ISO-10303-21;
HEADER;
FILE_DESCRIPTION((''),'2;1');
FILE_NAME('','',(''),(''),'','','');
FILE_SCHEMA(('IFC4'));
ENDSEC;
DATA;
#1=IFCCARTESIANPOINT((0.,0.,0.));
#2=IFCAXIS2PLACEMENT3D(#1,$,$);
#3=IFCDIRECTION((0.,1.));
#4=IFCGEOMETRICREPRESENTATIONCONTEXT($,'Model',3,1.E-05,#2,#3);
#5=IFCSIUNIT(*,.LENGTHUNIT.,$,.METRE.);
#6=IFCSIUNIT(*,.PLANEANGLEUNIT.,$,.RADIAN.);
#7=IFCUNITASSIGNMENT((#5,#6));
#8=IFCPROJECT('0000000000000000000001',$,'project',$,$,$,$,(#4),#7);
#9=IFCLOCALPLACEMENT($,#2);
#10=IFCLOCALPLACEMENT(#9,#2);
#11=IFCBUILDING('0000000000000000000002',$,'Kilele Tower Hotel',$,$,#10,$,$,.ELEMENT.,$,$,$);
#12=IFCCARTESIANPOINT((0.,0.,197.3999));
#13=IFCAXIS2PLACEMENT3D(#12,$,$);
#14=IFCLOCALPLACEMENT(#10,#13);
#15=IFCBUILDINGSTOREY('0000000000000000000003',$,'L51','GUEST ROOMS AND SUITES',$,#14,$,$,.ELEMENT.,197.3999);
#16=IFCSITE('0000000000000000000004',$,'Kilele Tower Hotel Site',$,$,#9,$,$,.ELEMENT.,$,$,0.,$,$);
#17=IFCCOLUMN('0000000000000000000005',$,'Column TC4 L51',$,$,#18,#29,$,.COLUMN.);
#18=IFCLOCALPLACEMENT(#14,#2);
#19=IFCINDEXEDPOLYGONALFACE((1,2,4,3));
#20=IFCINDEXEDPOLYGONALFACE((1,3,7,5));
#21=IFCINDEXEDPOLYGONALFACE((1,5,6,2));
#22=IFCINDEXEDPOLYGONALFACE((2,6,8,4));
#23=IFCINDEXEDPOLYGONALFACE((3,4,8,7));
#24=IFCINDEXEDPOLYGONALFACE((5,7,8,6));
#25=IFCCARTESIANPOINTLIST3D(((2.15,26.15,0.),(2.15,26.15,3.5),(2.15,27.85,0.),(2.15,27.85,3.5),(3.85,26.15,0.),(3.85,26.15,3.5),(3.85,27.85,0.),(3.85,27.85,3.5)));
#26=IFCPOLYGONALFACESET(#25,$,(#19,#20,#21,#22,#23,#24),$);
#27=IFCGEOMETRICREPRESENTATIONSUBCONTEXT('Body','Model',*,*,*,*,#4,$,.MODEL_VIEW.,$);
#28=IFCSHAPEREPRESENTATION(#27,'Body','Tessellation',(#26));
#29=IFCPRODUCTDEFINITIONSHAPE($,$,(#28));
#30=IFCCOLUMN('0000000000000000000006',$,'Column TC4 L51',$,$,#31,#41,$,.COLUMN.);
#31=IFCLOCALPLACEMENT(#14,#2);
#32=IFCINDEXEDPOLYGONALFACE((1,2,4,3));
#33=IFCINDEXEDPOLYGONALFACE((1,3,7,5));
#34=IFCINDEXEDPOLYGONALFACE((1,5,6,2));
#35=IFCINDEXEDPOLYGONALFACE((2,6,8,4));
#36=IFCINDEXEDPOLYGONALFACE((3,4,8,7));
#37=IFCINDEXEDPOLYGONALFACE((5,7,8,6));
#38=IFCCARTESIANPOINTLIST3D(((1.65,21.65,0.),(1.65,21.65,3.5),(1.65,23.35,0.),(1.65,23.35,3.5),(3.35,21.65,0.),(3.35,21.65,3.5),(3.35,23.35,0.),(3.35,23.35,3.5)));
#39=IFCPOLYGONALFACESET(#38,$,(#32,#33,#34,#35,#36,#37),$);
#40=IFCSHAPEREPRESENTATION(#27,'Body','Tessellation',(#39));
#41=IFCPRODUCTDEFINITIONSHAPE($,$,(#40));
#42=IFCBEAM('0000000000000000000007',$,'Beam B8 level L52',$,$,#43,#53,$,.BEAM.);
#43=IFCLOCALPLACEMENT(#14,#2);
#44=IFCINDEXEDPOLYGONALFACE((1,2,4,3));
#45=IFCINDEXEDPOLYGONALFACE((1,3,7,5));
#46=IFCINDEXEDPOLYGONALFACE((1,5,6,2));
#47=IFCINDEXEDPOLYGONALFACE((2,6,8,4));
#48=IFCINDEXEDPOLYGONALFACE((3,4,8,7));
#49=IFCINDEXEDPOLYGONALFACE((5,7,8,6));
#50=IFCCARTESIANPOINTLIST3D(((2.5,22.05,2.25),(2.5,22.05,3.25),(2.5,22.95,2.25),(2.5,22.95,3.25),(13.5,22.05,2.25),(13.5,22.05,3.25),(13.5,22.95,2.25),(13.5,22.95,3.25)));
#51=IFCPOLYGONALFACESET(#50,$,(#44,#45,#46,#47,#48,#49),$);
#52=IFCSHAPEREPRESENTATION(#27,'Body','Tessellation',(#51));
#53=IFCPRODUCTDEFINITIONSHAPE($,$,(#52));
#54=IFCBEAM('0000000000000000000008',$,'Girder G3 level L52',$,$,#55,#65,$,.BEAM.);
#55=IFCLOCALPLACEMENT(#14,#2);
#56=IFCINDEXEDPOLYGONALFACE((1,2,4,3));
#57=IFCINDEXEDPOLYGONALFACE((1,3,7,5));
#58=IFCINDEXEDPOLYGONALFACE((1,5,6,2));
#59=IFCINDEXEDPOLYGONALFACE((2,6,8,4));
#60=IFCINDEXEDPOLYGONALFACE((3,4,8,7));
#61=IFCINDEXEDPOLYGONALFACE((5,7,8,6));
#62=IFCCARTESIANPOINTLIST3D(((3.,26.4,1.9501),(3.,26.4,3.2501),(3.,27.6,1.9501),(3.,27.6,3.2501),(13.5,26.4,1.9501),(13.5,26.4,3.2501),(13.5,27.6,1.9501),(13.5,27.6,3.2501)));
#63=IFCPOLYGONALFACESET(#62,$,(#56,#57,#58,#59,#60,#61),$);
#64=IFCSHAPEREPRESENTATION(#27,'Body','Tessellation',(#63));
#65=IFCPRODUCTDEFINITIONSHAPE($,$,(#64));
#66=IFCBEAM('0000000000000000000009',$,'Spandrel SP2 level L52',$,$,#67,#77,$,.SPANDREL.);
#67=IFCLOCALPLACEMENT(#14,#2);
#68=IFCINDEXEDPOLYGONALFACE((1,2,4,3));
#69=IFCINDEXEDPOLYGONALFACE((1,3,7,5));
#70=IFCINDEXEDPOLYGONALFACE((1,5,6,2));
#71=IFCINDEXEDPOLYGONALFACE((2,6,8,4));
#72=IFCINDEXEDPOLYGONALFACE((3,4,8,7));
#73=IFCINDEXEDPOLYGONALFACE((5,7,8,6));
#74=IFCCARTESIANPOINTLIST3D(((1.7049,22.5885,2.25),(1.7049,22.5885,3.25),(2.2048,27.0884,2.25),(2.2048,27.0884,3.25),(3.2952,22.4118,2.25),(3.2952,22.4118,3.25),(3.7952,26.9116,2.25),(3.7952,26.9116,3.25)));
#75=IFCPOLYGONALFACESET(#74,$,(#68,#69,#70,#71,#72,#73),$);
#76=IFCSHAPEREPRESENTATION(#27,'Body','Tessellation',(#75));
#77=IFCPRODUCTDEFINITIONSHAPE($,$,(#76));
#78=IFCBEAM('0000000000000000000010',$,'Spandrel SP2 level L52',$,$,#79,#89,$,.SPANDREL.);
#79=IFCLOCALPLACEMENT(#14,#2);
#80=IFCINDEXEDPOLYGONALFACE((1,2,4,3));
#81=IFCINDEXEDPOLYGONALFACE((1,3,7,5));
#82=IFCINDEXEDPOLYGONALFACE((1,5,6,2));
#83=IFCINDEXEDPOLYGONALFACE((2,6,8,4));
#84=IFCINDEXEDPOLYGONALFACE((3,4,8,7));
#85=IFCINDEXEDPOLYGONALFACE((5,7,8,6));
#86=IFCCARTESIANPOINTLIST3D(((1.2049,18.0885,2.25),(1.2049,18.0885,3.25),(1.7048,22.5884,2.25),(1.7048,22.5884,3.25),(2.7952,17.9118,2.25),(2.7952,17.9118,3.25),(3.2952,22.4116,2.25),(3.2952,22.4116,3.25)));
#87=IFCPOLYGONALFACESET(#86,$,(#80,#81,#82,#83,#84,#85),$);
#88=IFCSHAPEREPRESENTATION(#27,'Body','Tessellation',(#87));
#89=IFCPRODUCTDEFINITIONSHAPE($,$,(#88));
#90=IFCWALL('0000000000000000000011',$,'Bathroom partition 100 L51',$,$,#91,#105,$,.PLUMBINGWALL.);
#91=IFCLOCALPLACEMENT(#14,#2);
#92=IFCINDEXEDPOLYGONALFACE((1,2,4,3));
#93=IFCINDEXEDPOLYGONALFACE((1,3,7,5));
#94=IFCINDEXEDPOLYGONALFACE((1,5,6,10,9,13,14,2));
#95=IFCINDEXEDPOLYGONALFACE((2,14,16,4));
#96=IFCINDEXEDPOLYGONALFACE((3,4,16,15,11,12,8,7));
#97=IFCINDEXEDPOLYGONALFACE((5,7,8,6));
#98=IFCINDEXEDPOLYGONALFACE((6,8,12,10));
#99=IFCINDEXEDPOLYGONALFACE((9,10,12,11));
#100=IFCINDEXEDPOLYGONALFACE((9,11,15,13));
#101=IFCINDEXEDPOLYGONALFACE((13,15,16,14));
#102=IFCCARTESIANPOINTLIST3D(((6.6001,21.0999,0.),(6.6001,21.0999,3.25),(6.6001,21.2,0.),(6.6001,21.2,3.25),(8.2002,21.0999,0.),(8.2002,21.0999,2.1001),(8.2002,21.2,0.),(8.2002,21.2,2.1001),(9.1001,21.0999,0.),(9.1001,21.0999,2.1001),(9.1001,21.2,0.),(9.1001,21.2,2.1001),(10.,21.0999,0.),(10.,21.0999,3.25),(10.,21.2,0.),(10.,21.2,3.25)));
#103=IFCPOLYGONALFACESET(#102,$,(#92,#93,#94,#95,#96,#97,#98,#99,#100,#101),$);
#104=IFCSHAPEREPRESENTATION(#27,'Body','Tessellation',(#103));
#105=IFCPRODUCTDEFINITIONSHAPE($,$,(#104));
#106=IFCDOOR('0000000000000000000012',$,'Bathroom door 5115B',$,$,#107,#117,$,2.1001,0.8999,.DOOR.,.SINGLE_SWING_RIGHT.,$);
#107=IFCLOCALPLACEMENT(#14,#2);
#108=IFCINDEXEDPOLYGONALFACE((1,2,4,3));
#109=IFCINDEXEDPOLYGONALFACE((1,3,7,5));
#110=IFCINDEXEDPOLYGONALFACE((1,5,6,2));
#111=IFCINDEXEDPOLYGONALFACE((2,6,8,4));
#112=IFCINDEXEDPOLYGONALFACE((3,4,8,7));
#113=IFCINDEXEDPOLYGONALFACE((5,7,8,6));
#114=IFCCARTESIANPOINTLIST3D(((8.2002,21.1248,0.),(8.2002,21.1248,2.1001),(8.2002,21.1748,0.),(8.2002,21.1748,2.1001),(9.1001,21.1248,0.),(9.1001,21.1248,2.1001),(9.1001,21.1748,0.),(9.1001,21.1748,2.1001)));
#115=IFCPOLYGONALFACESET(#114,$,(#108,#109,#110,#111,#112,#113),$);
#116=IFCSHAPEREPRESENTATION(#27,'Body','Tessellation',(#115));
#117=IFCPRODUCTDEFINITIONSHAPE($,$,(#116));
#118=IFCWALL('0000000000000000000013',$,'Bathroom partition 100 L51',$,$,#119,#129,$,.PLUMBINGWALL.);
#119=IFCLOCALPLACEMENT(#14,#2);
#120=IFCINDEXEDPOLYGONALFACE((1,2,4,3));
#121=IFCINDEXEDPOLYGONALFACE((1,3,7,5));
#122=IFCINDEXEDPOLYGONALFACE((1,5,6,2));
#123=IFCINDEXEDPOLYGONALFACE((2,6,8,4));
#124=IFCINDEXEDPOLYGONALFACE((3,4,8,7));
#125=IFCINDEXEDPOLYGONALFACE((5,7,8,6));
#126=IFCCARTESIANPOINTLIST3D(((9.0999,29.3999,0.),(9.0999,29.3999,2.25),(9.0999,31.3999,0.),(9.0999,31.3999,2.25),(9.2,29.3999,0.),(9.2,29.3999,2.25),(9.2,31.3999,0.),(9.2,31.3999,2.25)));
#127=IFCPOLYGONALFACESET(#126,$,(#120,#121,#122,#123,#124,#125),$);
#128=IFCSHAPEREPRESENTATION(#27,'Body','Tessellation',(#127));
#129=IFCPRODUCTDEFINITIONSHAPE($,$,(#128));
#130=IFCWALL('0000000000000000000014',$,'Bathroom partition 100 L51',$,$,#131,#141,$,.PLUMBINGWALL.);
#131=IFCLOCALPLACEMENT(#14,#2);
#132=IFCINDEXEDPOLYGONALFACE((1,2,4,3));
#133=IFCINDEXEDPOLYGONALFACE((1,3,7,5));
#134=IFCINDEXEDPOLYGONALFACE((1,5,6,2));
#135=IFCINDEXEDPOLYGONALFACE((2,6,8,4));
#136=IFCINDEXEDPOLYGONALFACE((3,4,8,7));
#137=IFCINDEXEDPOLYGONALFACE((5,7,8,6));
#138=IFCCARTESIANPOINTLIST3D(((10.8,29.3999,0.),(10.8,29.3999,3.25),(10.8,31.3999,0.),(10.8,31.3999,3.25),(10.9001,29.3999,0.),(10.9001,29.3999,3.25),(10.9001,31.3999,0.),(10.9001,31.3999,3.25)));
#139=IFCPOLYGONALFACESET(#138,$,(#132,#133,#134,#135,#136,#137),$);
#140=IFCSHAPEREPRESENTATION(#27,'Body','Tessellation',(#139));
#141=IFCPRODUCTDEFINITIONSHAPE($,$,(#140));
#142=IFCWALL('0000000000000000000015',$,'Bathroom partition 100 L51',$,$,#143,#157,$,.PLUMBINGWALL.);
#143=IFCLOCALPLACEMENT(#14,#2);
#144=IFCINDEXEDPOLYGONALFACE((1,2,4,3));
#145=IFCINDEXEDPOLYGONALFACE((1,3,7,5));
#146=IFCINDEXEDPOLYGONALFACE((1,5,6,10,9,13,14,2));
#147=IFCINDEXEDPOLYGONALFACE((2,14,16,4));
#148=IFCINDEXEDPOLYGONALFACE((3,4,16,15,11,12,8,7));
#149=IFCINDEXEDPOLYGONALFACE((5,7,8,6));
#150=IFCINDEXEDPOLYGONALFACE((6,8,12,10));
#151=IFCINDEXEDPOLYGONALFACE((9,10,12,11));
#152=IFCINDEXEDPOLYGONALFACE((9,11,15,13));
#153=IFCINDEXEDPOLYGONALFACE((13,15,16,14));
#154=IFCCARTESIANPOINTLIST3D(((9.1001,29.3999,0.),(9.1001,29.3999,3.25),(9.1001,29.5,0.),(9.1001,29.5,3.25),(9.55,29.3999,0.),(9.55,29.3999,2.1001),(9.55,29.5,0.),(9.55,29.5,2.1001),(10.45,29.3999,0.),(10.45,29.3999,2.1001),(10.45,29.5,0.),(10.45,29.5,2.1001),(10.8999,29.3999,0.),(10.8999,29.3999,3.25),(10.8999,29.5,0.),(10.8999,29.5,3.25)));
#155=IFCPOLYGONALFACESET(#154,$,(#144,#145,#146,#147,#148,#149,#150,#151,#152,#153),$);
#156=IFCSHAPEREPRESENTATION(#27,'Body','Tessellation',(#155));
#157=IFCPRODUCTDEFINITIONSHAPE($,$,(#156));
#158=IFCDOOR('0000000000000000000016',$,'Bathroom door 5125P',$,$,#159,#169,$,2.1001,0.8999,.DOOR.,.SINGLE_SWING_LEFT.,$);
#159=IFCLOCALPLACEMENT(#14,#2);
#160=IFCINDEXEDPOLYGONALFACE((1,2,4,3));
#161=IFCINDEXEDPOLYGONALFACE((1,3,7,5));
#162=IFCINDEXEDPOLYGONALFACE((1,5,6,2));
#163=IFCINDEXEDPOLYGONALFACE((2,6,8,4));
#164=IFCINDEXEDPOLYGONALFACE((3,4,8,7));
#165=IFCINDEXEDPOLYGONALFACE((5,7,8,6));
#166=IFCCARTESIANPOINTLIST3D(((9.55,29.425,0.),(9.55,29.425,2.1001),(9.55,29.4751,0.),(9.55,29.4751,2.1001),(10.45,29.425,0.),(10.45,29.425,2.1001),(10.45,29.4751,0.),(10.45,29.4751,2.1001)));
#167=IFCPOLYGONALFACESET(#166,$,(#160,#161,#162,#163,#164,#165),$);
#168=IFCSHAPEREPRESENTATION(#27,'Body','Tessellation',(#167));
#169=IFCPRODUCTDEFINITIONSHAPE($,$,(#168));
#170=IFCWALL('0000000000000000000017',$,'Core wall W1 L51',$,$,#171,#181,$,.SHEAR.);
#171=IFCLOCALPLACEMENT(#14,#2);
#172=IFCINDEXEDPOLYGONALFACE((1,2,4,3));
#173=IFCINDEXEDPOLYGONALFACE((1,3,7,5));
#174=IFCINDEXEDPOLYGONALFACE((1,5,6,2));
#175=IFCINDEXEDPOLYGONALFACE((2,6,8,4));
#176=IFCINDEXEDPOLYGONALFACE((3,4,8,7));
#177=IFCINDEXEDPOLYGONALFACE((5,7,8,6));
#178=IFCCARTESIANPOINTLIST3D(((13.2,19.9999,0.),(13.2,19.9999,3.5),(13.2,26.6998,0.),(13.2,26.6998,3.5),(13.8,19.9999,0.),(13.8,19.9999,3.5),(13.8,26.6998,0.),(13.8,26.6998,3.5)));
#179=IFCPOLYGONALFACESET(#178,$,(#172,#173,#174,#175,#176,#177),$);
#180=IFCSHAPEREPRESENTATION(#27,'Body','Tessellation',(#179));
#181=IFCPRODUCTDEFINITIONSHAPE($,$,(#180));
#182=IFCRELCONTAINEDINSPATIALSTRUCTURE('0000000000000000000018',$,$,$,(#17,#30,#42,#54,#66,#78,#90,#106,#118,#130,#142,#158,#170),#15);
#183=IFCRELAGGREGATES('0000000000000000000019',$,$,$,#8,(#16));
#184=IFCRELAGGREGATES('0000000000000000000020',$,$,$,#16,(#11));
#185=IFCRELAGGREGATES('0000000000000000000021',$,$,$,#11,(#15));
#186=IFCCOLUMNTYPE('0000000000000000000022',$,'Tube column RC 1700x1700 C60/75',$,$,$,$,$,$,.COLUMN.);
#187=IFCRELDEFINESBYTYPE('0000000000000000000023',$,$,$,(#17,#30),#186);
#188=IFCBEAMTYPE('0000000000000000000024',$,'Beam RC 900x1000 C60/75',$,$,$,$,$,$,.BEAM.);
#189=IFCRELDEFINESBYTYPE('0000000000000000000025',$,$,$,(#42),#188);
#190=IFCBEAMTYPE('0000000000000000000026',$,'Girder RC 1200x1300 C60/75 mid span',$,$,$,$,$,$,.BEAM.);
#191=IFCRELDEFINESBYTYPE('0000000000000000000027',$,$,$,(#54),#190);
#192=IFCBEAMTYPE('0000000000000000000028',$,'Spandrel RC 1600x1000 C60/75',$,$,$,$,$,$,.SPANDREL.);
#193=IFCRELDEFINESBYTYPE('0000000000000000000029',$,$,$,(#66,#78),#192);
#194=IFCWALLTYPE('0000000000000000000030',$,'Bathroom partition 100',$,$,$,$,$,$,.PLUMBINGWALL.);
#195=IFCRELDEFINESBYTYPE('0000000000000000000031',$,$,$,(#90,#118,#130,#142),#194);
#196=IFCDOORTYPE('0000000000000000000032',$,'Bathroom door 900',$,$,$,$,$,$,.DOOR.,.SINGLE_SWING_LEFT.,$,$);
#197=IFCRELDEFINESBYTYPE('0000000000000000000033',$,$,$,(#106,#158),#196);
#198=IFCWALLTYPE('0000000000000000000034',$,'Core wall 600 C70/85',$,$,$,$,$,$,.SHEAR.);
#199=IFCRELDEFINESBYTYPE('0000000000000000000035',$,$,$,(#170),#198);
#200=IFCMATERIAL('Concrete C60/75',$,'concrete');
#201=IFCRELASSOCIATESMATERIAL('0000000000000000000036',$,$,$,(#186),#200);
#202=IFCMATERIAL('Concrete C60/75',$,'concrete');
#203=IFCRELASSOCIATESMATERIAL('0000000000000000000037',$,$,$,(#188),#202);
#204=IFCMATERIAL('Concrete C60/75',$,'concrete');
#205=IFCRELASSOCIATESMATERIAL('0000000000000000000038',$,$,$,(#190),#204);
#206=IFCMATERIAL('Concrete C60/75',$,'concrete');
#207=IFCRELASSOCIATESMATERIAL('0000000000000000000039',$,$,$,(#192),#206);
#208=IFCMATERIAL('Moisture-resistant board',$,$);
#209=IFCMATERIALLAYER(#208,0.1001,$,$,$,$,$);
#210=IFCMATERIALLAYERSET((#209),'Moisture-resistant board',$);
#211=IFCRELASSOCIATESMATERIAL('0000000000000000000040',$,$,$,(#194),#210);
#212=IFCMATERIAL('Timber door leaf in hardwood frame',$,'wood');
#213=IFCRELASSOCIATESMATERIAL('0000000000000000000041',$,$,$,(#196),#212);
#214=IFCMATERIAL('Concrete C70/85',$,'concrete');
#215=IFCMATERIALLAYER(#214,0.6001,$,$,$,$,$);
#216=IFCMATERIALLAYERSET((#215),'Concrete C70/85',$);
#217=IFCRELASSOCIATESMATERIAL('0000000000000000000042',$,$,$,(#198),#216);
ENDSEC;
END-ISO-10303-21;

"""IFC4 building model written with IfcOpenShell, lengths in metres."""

from ifc_helpers import new_model, si_unit, direction, frame, frame_2d, origin, origin_2d, place, context, subcontext, project, spatial, rectangle, extrude, material, layer, layer_set, material_profile, profile_set, type_object, element, fill, save


model = new_model("IFC4")

# Units and contexts
model_context = context("Model", 3, precision=1e-05, world=origin(), true_north=direction((0.0, 1.0)))
body_context = subcontext(model_context, "Body", "Model", "MODEL_VIEW")
ifc_project = project(units=[si_unit("LENGTHUNIT", "METRE"), si_unit("PLANEANGLEUNIT", "RADIAN")], contexts=[model_context])

# Site, building, storey
site_placement = place(None, origin())
site = spatial("IfcSite", under=ifc_project, at=site_placement, Name="Kilele Tower Hotel Site", CompositionType="ELEMENT", RefElevation=0.0)
building_placement = place(site_placement, origin())
building = spatial("IfcBuilding", under=site, at=building_placement, Name="Kilele Tower Hotel", CompositionType="ELEMENT")
storey_placement = place(building_placement, frame((0.0, 0.0, 197.3999)))
storey = spatial("IfcBuildingStorey", under=building, at=storey_placement, Name="L51", Description="GUEST ROOMS AND SUITES", CompositionType="ELEMENT", Elevation=197.3999)

# Columns
ifc_material_1 = material(Name="Concrete C60/75", Category="concrete")
ifc_material_profile_1 = material_profile(ifc_material_1, rectangle(XDim=1.7, YDim=1.7, at=origin_2d()))
ifc_profile_set_1 = profile_set([ifc_material_profile_1], Name="Concrete C60/75")
column_type = type_object("IfcColumnType", Name="Tube column RC 1700x1700 C60/75", PredefinedType="COLUMN", material=ifc_profile_set_1)
for number, where, z_axis, x_axis, name in (
    (1, (3.0, 27.0, 0.0), (0.0, 0.0, 1.0), (1.0, 0.0, 0.0), "Column TC4 L51"),
    (2, (2.5, 22.5, 0.0), (0.0, 0.0, 1.0), (1.0, 0.0, 0.0), "Column TC4 L51"),
):
    element("IfcColumn", number, at=place(storey_placement, frame(where, z_axis=z_axis, x_axis=x_axis)), inside=storey, type_object=column_type, Name=name, PredefinedType="COLUMN", context=body_context, shape_type="SweptSolid", body=[
        extrude(rectangle(XDim=1.7, YDim=1.7, at=origin_2d()), origin(), (0.0, 0.0, 1.0), 3.5),
    ])

# Beams
ifc_material_2 = material(Name="Concrete C60/75", Category="concrete")
ifc_material_profile_2 = material_profile(ifc_material_2, rectangle(XDim=0.8999, YDim=1.0, at=origin_2d()))
ifc_profile_set_2 = profile_set([ifc_material_profile_2], Name="Concrete C60/75")
beam_type_1 = type_object("IfcBeamType", Name="Beam RC 900x1000 C60/75", PredefinedType="BEAM", material=ifc_profile_set_2)
beam_1_placement = place(storey_placement, frame((2.5, 22.5, 2.75), z_axis=(1.0, 0.0, 0.0), x_axis=(0.0, 1.0, 0.0)))
element("IfcBeam", 3, at=beam_1_placement, inside=storey, type_object=beam_type_1, Name="Beam B8 level L52", PredefinedType="BEAM", context=body_context, shape_type="SweptSolid", body=[
    extrude(rectangle(XDim=0.8999, YDim=1.0, at=origin_2d()), origin(), (0.0, 0.0, 1.0), 11.0),
])
ifc_material_3 = material(Name="Concrete C60/75", Category="concrete")
ifc_material_profile_3 = material_profile(ifc_material_3, rectangle(XDim=1.2, YDim=1.3, at=origin_2d()))
ifc_profile_set_3 = profile_set([ifc_material_profile_3], Name="Concrete C60/75")
beam_type_2 = type_object("IfcBeamType", Name="Girder RC 1200x1300 C60/75 mid span", PredefinedType="BEAM", material=ifc_profile_set_3)
beam_2_placement = place(storey_placement, frame((3.0, 27.0, 2.6001), z_axis=(1.0, 0.0, 0.0), x_axis=(0.0, 1.0, 0.0)))
element("IfcBeam", 4, at=beam_2_placement, inside=storey, type_object=beam_type_2, Name="Girder G3 level L52", PredefinedType="BEAM", context=body_context, shape_type="SweptSolid", body=[
    extrude(rectangle(XDim=1.2, YDim=1.3, at=origin_2d()), origin(), (0.0, 0.0, 1.0), 10.5),
])
ifc_material_4 = material(Name="Concrete C60/75", Category="concrete")
ifc_material_profile_4 = material_profile(ifc_material_4, rectangle(XDim=1.6001, YDim=1.0, at=origin_2d()))
ifc_profile_set_4 = profile_set([ifc_material_profile_4], Name="Concrete C60/75")
beam_type_3 = type_object("IfcBeamType", Name="Spandrel RC 1600x1000 C60/75", PredefinedType="SPANDREL", material=ifc_profile_set_4)
for number, where, z_axis, x_axis, name in (
    (5, (3.0, 27.0, 2.75), (-0.110432, -0.993884, 0.0), (0.993884, -0.110432, 0.0), "Spandrel SP2 level L52"),
    (6, (2.5, 22.5, 2.75), (-0.110432, -0.993884, 0.0), (0.993884, -0.110432, 0.0), "Spandrel SP2 level L52"),
):
    element("IfcBeam", number, at=place(storey_placement, frame(where, z_axis=z_axis, x_axis=x_axis)), inside=storey, type_object=beam_type_3, Name=name, PredefinedType="SPANDREL", context=body_context, shape_type="SweptSolid", body=[
        extrude(rectangle(XDim=1.6001, YDim=1.0, at=origin_2d()), origin(), (0.0, 0.0, 1.0), 4.5276),
    ])

# Wall, opening, door
ifc_material_5 = material(Name="Moisture-resistant board")
ifc_layer_1 = layer(ifc_material_5, 0.1001)
ifc_layer_set_1 = layer_set([ifc_layer_1], Name="Moisture-resistant board")
wall_type_1 = type_object("IfcWallType", Name="Bathroom partition 100", PredefinedType="PLUMBINGWALL", material=ifc_layer_set_1)
wall_1_placement = place(storey_placement, frame((10.0, 21.1499, 0.0), z_axis=(0.0, 0.0, 1.0), x_axis=(-1.0, 0.0, 0.0)))
wall_1 = element("IfcWall", 7, at=wall_1_placement, inside=storey, type_object=wall_type_1, Name="Bathroom partition 100 L51", PredefinedType="PLUMBINGWALL", context=body_context, shape_type="SweptSolid", body=[
    extrude(rectangle(XDim=3.3999, YDim=0.1001, at=frame_2d((1.7, 0.0))), origin(), (0.0, 0.0, 1.0), 3.25),
])
opening_1_placement = place(wall_1_placement, frame((1.7998, 0.0, 0.0), z_axis=(0.0, 0.0, 1.0), x_axis=(-1.0, 0.0, 0.0)))
opening_1 = element("IfcOpeningElement", 8, at=opening_1_placement, cuts=wall_1, PredefinedType="OPENING", context=body_context, shape_type="SweptSolid", body=[
    extrude(rectangle(XDim=0.8999, YDim=2.1001, at=frame_2d((0.45, 1.05))), frame((0.0, 0.0601, 0.0), z_axis=(0.0, -1.0, 0.0), x_axis=(1.0, 0.0, 0.0)), (0.0, 0.0, 1.0), 0.1201),
])
ifc_material_6 = material(Name="Timber door leaf in hardwood frame", Category="wood")
door_type_1 = type_object("IfcDoorType", Name="Bathroom door 900", OperationType="SINGLE_SWING_LEFT", PredefinedType="DOOR", material=ifc_material_6)
door_1_placement = place(opening_1_placement, origin())
door_1 = element("IfcDoor", 9, at=door_1_placement, inside=storey, type_object=door_type_1, Name="Bathroom door 5115B", OperationType="SINGLE_SWING_RIGHT", OverallHeight=2.1001, OverallWidth=0.8999, PredefinedType="DOOR", context=body_context, shape_type="SweptSolid", body=[
    extrude(rectangle(XDim=0.8999, YDim=2.1001, at=frame_2d((0.45, 1.05))), frame((0.0, 0.0249, 0.0), z_axis=(0.0, -1.0, 0.0), x_axis=(1.0, 0.0, 0.0)), (0.0, 0.0, 1.0), 0.05),
])
fill(opening_1, door_1)

# Walls
wall_2_placement = place(storey_placement, frame((9.1499, 31.3999, 0.0), z_axis=(0.0, 0.0, 1.0), x_axis=(0.0, -1.0, 0.0)))
element("IfcWall", 10, at=wall_2_placement, inside=storey, type_object=wall_type_1, Name="Bathroom partition 100 L51", PredefinedType="PLUMBINGWALL", context=body_context, shape_type="SweptSolid", body=[
    extrude(rectangle(XDim=2.0, YDim=0.1001, at=frame_2d((1.0, 0.0))), origin(), (0.0, 0.0, 1.0), 2.25),
])
wall_3_placement = place(storey_placement, frame((10.8501, 31.3999, 0.0), z_axis=(0.0, 0.0, 1.0), x_axis=(0.0, -1.0, 0.0)))
element("IfcWall", 11, at=wall_3_placement, inside=storey, type_object=wall_type_1, Name="Bathroom partition 100 L51", PredefinedType="PLUMBINGWALL", context=body_context, shape_type="SweptSolid", body=[
    extrude(rectangle(XDim=2.0, YDim=0.1001, at=frame_2d((1.0, 0.0))), origin(), (0.0, 0.0, 1.0), 3.25),
])

# Wall, opening, door
wall_4_placement = place(storey_placement, frame((10.8999, 29.45, 0.0), z_axis=(0.0, 0.0, 1.0), x_axis=(-1.0, 0.0, 0.0)))
wall_4 = element("IfcWall", 12, at=wall_4_placement, inside=storey, type_object=wall_type_1, Name="Bathroom partition 100 L51", PredefinedType="PLUMBINGWALL", context=body_context, shape_type="SweptSolid", body=[
    extrude(rectangle(XDim=1.7998, YDim=0.1001, at=frame_2d((0.8999, 0.0))), origin(), (0.0, 0.0, 1.0), 3.25),
])
opening_2_placement = place(wall_4_placement, frame((0.45, 0.0, 0.0)))
opening_2 = element("IfcOpeningElement", 13, at=opening_2_placement, cuts=wall_4, PredefinedType="OPENING", context=body_context, shape_type="SweptSolid", body=[
    extrude(rectangle(XDim=0.8999, YDim=2.1001, at=frame_2d((0.45, 1.05))), frame((0.0, 0.0601, 0.0), z_axis=(0.0, -1.0, 0.0), x_axis=(1.0, 0.0, 0.0)), (0.0, 0.0, 1.0), 0.1201),
])
door_2_placement = place(opening_2_placement, origin())
door_2 = element("IfcDoor", 14, at=door_2_placement, inside=storey, type_object=door_type_1, Name="Bathroom door 5125P", OperationType="SINGLE_SWING_LEFT", OverallHeight=2.1001, OverallWidth=0.8999, PredefinedType="DOOR", context=body_context, shape_type="SweptSolid", body=[
    extrude(rectangle(XDim=0.8999, YDim=2.1001, at=frame_2d((0.45, 1.05))), frame((0.0, 0.0249, 0.0), z_axis=(0.0, -1.0, 0.0), x_axis=(1.0, 0.0, 0.0)), (0.0, 0.0, 1.0), 0.05),
])
fill(opening_2, door_2)

# Wall
ifc_material_7 = material(Name="Concrete C70/85", Category="concrete")
ifc_layer_2 = layer(ifc_material_7, 0.6001)
ifc_layer_set_2 = layer_set([ifc_layer_2], Name="Concrete C70/85")
wall_type_2 = type_object("IfcWallType", Name="Core wall 600 C70/85", PredefinedType="SHEAR", material=ifc_layer_set_2)
wall_5_placement = place(storey_placement, frame((13.5, 26.7, 0.0), z_axis=(0.0, 0.0, 1.0), x_axis=(0.0, -1.0, 0.0)))
element("IfcWall", 15, at=wall_5_placement, inside=storey, type_object=wall_type_2, Name="Core wall W1 L51", PredefinedType="SHEAR", context=body_context, shape_type="SweptSolid", body=[
    extrude(rectangle(XDim=6.7, YDim=0.6001, at=frame_2d((3.3501, 0.0))), origin(), (0.0, 0.0, 1.0), 3.5),
])

save(model, "model.ifc")
